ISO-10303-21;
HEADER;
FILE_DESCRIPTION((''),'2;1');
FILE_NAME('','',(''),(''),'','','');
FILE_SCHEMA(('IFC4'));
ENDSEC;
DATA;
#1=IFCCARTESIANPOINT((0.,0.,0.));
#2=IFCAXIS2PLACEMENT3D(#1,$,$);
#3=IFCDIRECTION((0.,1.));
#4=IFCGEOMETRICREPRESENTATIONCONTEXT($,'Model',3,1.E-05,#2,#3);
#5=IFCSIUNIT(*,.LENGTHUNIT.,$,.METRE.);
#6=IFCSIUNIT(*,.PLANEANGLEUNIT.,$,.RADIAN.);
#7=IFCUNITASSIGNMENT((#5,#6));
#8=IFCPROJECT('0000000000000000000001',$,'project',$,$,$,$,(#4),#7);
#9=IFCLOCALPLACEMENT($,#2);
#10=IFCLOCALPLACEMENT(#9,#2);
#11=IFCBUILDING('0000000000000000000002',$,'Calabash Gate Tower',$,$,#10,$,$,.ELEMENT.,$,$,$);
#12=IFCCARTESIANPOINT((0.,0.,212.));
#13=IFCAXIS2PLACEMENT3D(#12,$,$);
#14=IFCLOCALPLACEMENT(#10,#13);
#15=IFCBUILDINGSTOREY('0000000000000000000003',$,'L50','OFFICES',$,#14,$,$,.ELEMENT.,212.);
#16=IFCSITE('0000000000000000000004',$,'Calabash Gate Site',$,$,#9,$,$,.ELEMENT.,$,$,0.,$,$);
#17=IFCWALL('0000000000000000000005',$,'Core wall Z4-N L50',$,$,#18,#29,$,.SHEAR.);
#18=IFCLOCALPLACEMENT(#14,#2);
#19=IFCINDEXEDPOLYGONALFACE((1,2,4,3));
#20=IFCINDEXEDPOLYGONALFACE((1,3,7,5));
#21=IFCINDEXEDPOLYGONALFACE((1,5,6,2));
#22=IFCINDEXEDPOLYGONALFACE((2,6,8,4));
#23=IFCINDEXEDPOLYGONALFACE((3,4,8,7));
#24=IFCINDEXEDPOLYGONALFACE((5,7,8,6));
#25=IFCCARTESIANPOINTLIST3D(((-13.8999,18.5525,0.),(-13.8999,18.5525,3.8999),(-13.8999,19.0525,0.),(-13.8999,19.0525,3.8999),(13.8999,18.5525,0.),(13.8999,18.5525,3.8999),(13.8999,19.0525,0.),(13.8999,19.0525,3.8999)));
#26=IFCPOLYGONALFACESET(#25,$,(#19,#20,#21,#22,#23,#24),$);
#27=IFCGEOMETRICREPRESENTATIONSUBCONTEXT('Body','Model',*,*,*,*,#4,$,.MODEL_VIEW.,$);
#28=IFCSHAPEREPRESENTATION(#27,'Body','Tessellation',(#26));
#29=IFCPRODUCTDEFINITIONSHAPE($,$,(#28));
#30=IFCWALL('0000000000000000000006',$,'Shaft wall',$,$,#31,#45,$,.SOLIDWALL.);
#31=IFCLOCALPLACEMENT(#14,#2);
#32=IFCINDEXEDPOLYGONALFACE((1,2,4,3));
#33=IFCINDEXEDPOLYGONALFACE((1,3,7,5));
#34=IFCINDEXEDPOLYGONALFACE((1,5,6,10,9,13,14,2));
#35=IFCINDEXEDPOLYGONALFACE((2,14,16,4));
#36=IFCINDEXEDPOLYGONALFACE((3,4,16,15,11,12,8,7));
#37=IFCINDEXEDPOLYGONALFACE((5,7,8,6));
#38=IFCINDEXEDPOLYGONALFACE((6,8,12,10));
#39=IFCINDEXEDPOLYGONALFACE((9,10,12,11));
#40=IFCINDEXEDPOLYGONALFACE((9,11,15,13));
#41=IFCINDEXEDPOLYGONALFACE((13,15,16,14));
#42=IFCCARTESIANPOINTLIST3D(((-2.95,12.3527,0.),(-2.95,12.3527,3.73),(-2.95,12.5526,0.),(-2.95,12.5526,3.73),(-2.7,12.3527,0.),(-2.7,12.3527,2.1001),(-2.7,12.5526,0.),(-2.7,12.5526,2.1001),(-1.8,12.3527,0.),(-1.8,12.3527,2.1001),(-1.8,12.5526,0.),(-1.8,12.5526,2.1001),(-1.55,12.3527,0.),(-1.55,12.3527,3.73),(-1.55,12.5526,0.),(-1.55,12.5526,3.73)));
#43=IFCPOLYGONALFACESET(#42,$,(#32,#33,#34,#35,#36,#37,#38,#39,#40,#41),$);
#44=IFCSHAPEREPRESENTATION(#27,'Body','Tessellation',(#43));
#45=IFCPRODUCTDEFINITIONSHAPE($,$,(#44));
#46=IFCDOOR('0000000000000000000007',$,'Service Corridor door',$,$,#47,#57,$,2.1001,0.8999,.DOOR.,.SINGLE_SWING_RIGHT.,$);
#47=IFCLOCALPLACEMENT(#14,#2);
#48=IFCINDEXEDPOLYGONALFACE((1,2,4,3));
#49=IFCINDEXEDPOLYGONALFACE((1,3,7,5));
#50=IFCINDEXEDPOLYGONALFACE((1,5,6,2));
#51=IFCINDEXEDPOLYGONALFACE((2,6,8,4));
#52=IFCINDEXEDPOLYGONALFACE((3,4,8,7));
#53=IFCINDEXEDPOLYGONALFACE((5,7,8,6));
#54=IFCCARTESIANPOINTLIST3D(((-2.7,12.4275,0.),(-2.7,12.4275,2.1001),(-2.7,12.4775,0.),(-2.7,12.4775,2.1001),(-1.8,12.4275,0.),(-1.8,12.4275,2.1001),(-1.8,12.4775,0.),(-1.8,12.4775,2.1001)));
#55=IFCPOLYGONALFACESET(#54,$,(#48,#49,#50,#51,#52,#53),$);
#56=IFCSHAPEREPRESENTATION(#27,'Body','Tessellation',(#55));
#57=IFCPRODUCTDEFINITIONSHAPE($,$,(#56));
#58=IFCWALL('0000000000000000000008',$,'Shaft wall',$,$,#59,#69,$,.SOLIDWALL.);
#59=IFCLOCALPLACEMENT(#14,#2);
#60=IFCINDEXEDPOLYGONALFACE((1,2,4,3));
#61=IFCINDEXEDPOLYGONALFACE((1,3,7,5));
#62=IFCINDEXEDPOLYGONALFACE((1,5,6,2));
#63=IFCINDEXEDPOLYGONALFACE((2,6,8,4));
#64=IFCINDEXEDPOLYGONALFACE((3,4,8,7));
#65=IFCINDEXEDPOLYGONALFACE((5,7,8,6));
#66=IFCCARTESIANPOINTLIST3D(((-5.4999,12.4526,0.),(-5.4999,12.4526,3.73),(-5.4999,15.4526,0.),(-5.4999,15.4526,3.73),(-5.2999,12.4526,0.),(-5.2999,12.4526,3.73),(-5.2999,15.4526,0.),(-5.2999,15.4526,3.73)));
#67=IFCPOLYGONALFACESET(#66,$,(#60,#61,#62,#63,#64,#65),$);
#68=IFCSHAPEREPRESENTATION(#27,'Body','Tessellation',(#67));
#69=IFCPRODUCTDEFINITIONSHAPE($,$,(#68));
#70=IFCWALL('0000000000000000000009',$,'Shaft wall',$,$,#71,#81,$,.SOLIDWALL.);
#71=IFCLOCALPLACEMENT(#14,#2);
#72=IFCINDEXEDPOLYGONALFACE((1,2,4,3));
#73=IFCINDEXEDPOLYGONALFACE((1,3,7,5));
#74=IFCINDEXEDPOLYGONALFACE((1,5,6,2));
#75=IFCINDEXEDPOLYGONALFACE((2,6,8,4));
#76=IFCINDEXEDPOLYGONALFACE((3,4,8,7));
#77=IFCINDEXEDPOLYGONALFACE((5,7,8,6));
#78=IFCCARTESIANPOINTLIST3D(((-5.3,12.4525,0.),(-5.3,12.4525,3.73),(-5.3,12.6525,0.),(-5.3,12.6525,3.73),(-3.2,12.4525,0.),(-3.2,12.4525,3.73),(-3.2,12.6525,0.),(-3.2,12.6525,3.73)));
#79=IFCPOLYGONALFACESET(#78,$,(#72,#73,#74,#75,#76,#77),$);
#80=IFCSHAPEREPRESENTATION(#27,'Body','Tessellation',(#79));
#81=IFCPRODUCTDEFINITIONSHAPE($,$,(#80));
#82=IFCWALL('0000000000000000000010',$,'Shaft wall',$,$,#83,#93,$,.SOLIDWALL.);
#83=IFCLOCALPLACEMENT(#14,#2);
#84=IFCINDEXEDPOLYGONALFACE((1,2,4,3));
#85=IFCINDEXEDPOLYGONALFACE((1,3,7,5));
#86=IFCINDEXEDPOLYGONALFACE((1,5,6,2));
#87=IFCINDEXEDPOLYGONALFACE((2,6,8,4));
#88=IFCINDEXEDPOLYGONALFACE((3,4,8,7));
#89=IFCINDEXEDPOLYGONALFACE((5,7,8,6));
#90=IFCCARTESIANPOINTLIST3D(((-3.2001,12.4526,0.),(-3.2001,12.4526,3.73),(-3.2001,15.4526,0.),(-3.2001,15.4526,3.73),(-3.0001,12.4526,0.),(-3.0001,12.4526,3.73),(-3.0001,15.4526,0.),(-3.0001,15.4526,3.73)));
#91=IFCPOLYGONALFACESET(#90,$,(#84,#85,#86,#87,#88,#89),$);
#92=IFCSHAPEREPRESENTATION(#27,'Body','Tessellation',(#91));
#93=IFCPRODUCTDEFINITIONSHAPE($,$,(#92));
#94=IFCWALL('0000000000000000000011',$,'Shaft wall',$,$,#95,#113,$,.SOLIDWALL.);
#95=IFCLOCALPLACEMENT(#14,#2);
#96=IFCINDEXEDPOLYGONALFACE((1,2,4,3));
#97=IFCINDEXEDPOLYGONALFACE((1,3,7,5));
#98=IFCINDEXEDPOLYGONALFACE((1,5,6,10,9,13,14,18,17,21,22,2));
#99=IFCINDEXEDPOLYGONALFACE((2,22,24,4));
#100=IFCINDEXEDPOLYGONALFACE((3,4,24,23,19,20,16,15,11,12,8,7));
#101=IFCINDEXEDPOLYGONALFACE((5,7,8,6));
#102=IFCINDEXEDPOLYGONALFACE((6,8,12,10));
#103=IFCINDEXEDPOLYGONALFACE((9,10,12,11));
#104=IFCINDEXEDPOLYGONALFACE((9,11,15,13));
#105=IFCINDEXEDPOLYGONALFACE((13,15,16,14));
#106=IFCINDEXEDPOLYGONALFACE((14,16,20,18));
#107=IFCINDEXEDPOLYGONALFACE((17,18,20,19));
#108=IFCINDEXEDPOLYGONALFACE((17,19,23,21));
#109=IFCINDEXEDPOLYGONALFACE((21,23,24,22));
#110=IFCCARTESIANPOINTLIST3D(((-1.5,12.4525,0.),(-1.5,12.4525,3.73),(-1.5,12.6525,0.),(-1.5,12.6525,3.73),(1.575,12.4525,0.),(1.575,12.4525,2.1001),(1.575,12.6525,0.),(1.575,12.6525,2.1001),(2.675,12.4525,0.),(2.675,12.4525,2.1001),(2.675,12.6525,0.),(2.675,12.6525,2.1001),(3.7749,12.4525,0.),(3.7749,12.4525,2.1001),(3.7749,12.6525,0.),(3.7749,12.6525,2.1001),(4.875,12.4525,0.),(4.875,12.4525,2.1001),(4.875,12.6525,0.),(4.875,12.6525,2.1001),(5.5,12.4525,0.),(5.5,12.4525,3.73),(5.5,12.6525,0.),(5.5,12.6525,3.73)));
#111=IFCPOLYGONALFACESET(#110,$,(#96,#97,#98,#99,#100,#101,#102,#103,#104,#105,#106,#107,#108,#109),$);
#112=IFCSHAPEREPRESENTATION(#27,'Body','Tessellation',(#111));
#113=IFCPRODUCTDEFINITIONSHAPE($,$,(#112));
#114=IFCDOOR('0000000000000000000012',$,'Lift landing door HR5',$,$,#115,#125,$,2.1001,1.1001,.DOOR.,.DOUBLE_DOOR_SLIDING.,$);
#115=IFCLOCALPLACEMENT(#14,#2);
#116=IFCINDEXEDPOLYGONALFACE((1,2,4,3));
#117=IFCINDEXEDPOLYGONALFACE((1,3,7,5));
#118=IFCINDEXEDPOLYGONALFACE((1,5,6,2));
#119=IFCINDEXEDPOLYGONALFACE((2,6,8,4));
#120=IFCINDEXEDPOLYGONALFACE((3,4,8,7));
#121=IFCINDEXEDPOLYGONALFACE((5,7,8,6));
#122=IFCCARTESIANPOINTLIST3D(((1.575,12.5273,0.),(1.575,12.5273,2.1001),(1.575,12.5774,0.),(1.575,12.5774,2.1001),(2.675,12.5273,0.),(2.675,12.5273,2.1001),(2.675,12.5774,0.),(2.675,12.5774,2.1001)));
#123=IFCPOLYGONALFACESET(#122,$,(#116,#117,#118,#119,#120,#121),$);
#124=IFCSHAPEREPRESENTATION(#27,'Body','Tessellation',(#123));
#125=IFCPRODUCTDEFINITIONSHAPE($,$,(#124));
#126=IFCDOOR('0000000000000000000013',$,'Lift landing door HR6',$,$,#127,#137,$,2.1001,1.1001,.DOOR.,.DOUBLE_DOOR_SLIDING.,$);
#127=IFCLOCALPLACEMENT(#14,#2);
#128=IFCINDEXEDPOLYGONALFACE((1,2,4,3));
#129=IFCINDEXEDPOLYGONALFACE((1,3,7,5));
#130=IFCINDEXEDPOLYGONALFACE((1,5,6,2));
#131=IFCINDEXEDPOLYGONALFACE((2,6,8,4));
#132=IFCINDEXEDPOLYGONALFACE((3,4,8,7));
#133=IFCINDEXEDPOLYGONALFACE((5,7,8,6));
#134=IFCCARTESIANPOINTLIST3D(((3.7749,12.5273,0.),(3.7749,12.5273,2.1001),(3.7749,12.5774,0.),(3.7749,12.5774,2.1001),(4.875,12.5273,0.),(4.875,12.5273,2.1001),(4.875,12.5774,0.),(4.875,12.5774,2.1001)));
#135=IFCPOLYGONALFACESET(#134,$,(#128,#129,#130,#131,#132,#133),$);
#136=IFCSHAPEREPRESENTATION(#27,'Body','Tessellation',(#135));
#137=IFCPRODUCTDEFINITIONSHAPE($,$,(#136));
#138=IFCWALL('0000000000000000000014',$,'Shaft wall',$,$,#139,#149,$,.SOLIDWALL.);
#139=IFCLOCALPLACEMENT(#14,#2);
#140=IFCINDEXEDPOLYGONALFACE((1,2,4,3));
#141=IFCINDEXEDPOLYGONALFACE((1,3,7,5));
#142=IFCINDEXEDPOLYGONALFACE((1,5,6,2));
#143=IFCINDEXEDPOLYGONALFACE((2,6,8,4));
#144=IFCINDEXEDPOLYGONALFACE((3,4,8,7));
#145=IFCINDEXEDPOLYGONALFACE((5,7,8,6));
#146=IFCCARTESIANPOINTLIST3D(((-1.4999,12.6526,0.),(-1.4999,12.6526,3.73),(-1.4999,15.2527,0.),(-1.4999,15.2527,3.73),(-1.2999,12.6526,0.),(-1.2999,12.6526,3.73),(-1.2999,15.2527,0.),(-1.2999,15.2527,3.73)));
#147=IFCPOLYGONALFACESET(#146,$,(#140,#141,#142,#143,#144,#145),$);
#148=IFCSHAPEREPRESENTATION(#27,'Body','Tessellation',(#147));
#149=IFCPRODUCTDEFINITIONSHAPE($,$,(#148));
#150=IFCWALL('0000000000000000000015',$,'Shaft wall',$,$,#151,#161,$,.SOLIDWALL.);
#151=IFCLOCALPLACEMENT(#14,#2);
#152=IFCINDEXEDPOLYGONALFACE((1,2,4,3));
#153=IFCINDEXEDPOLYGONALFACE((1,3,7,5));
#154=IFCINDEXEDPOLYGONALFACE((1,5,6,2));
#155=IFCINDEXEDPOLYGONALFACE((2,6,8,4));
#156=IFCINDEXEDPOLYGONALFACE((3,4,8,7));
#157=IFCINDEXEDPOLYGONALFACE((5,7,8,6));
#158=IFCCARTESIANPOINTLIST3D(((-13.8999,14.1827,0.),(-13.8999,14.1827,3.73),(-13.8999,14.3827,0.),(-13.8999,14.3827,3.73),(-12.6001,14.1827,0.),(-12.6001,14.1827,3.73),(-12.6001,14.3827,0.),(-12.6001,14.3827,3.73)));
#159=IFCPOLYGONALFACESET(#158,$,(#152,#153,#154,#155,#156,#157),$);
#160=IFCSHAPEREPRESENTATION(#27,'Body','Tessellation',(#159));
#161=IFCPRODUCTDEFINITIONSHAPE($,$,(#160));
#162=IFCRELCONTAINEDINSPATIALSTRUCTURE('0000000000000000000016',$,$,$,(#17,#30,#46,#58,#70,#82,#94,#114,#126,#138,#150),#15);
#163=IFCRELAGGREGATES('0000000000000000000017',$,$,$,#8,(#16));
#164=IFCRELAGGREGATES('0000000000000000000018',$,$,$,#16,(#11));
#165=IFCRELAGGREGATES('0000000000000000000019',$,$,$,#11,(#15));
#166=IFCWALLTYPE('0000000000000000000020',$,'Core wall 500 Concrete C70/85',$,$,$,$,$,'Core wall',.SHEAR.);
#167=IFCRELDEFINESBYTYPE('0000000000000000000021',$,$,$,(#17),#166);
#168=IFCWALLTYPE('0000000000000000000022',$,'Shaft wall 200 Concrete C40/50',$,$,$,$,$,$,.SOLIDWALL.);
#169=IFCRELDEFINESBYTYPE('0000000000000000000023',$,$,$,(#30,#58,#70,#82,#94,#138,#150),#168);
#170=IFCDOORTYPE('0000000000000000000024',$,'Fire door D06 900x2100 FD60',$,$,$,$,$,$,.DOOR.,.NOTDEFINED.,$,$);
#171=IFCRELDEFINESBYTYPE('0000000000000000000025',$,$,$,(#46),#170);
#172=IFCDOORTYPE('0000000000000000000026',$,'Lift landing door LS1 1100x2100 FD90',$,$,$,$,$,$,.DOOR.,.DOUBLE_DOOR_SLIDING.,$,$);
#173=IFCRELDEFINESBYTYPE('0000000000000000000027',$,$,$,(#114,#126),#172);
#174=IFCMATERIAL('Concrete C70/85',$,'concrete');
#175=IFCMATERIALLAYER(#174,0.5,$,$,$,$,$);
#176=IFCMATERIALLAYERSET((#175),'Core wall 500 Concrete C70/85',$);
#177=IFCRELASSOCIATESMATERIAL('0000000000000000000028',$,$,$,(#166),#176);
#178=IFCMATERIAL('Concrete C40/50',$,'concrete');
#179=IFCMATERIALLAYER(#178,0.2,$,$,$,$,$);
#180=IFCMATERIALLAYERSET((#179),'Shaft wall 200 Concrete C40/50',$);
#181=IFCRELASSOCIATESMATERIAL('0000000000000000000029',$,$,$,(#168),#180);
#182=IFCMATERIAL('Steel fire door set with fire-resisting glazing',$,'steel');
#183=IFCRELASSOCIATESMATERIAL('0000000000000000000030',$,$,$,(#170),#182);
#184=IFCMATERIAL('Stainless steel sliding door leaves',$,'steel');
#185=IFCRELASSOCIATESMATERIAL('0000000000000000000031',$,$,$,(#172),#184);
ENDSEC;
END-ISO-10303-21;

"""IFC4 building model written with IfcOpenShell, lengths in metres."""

from ifc_helpers import new_model, si_unit, direction, frame, frame_2d, origin, place, context, subcontext, project, spatial, rectangle, extrude, material, layer, layer_set, type_object, element, fill, save


model = new_model("IFC4")

# Units and contexts
model_context = context("Model", 3, precision=1e-05, world=origin(), true_north=direction((0.0, 1.0)))
body_context = subcontext(model_context, "Body", "Model", "MODEL_VIEW")
ifc_project = project(units=[si_unit("LENGTHUNIT", "METRE"), si_unit("PLANEANGLEUNIT", "RADIAN")], contexts=[model_context])

# Site, building, storey
site_placement = place(None, origin())
site = spatial("IfcSite", under=ifc_project, at=site_placement, Name="Calabash Gate Site", CompositionType="ELEMENT", RefElevation=0.0)
building_placement = place(site_placement, origin())
building = spatial("IfcBuilding", under=site, at=building_placement, Name="Calabash Gate Tower", CompositionType="ELEMENT")
storey_placement = place(building_placement, frame((0.0, 0.0, 212.0)))
storey = spatial("IfcBuildingStorey", under=building, at=storey_placement, Name="L50", Description="OFFICES", CompositionType="ELEMENT", Elevation=212.0)

# Wall
ifc_material_1 = material(Name="Concrete C70/85", Category="concrete")
ifc_layer_1 = layer(ifc_material_1, 0.5)
ifc_layer_set_1 = layer_set([ifc_layer_1], Name="Core wall 500 Concrete C70/85")
wall_type_1 = type_object("IfcWallType", Name="Core wall 500 Concrete C70/85", ElementType="Core wall", PredefinedType="SHEAR", material=ifc_layer_set_1)
wall_1_placement = place(storey_placement, frame((-13.8999, 18.8025, 0.0), z_axis=(0.0, 0.0, 1.0), x_axis=(1.0, 0.0, 0.0)))
element("IfcWall", 1, at=wall_1_placement, inside=storey, type_object=wall_type_1, Name="Core wall Z4-N L50", PredefinedType="SHEAR", context=body_context, shape_type="SweptSolid", body=[
    extrude(rectangle(XDim=27.7998, YDim=0.5, at=frame_2d((13.8999, 0.0))), origin(), (0.0, 0.0, 1.0), 3.8999),
])

# Wall, opening, door
ifc_material_2 = material(Name="Concrete C40/50", Category="concrete")
ifc_layer_2 = layer(ifc_material_2, 0.2)
ifc_layer_set_2 = layer_set([ifc_layer_2], Name="Shaft wall 200 Concrete C40/50")
wall_type_2 = type_object("IfcWallType", Name="Shaft wall 200 Concrete C40/50", PredefinedType="SOLIDWALL", material=ifc_layer_set_2)
wall_2_placement = place(storey_placement, frame((-2.95, 12.4526, 0.0), z_axis=(0.0, 0.0, 1.0), x_axis=(1.0, 0.0, 0.0)))
wall_2 = element("IfcWall", 2, at=wall_2_placement, inside=storey, type_object=wall_type_2, Name="Shaft wall", PredefinedType="SOLIDWALL", context=body_context, shape_type="SweptSolid", body=[
    extrude(rectangle(XDim=1.3999, YDim=0.2, at=frame_2d((0.7, 0.0))), origin(), (0.0, 0.0, 1.0), 3.73),
])
opening_1_placement = place(wall_2_placement, frame((0.25, 0.0, 0.0)))
opening_1 = element("IfcOpeningElement", 3, at=opening_1_placement, cuts=wall_2, PredefinedType="OPENING", context=body_context, shape_type="SweptSolid", body=[
    extrude(rectangle(XDim=0.8999, YDim=2.1001, at=frame_2d((0.45, 1.05))), frame((0.0, 0.1099, 0.0), z_axis=(0.0, -1.0, 0.0), x_axis=(1.0, 0.0, 0.0)), (0.0, 0.0, 1.0), 0.22),
])
ifc_material_3 = material(Name="Steel fire door set with fire-resisting glazing", Category="steel")
door_type_1 = type_object("IfcDoorType", Name="Fire door D06 900x2100 FD60", OperationType="NOTDEFINED", PredefinedType="DOOR", material=ifc_material_3)
door_1_placement = place(opening_1_placement, origin())
door_1 = element("IfcDoor", 4, at=door_1_placement, inside=storey, type_object=door_type_1, Name="Service Corridor door", OperationType="SINGLE_SWING_RIGHT", OverallHeight=2.1001, OverallWidth=0.8999, PredefinedType="DOOR", context=body_context, shape_type="SweptSolid", body=[
    extrude(rectangle(XDim=0.8999, YDim=2.1001, at=frame_2d((0.45, 1.05))), frame((0.0, 0.0249, 0.0), z_axis=(0.0, -1.0, 0.0), x_axis=(1.0, 0.0, 0.0)), (0.0, 0.0, 1.0), 0.05),
])
fill(opening_1, door_1)

# Walls
wall_3_placement = place(storey_placement, frame((-5.3999, 12.4526, 0.0), z_axis=(0.0, 0.0, 1.0), x_axis=(0.0, 1.0, 0.0)))
element("IfcWall", 5, at=wall_3_placement, inside=storey, type_object=wall_type_2, Name="Shaft wall", PredefinedType="SOLIDWALL", context=body_context, shape_type="SweptSolid", body=[
    extrude(rectangle(XDim=3.0, YDim=0.2, at=frame_2d((1.5, 0.0))), origin(), (0.0, 0.0, 1.0), 3.73),
])
wall_4_placement = place(storey_placement, frame((-5.3, 12.5525, 0.0), z_axis=(0.0, 0.0, 1.0), x_axis=(1.0, 0.0, 0.0)))
element("IfcWall", 6, at=wall_4_placement, inside=storey, type_object=wall_type_2, Name="Shaft wall", PredefinedType="SOLIDWALL", context=body_context, shape_type="SweptSolid", body=[
    extrude(rectangle(XDim=2.1001, YDim=0.2, at=frame_2d((1.05, 0.0))), origin(), (0.0, 0.0, 1.0), 3.73),
])
wall_5_placement = place(storey_placement, frame((-3.1001, 12.4526, 0.0), z_axis=(0.0, 0.0, 1.0), x_axis=(0.0, 1.0, 0.0)))
element("IfcWall", 7, at=wall_5_placement, inside=storey, type_object=wall_type_2, Name="Shaft wall", PredefinedType="SOLIDWALL", context=body_context, shape_type="SweptSolid", body=[
    extrude(rectangle(XDim=3.0, YDim=0.2, at=frame_2d((1.5, 0.0))), origin(), (0.0, 0.0, 1.0), 3.73),
])

# Wall, openings, doors
wall_6_placement = place(storey_placement, frame((-1.5, 12.5525, 0.0), z_axis=(0.0, 0.0, 1.0), x_axis=(1.0, 0.0, 0.0)))
wall_6 = element("IfcWall", 8, at=wall_6_placement, inside=storey, type_object=wall_type_2, Name="Shaft wall", PredefinedType="SOLIDWALL", context=body_context, shape_type="SweptSolid", body=[
    extrude(rectangle(XDim=7.0, YDim=0.2, at=frame_2d((3.5, 0.0))), origin(), (0.0, 0.0, 1.0), 3.73),
])
opening_2_placement = place(wall_6_placement, frame((3.075, 0.0, 0.0)))
opening_2 = element("IfcOpeningElement", 9, at=opening_2_placement, cuts=wall_6, PredefinedType="OPENING", context=body_context, shape_type="SweptSolid", body=[
    extrude(rectangle(XDim=1.1001, YDim=2.1001, at=frame_2d((0.55, 1.05))), frame((0.0, 0.1099, 0.0), z_axis=(0.0, -1.0, 0.0), x_axis=(1.0, 0.0, 0.0)), (0.0, 0.0, 1.0), 0.22),
])
opening_3_placement = place(wall_6_placement, frame((5.2749, 0.0, 0.0)))
opening_3 = element("IfcOpeningElement", 10, at=opening_3_placement, cuts=wall_6, PredefinedType="OPENING", context=body_context, shape_type="SweptSolid", body=[
    extrude(rectangle(XDim=1.1001, YDim=2.1001, at=frame_2d((0.55, 1.05))), frame((0.0, 0.1099, 0.0), z_axis=(0.0, -1.0, 0.0), x_axis=(1.0, 0.0, 0.0)), (0.0, 0.0, 1.0), 0.22),
])
ifc_material_4 = material(Name="Stainless steel sliding door leaves", Category="steel")
door_type_2 = type_object("IfcDoorType", Name="Lift landing door LS1 1100x2100 FD90", OperationType="DOUBLE_DOOR_SLIDING", PredefinedType="DOOR", material=ifc_material_4)
door_2_placement = place(opening_2_placement, origin())
door_2 = element("IfcDoor", 11, at=door_2_placement, inside=storey, type_object=door_type_2, Name="Lift landing door HR5", OperationType="DOUBLE_DOOR_SLIDING", OverallHeight=2.1001, OverallWidth=1.1001, PredefinedType="DOOR", context=body_context, shape_type="SweptSolid", body=[
    extrude(rectangle(XDim=1.1001, YDim=2.1001, at=frame_2d((0.55, 1.05))), frame((0.0, 0.0249, 0.0), z_axis=(0.0, -1.0, 0.0), x_axis=(1.0, 0.0, 0.0)), (0.0, 0.0, 1.0), 0.05),
])
fill(opening_2, door_2)
door_3_placement = place(opening_3_placement, origin())
door_3 = element("IfcDoor", 12, at=door_3_placement, inside=storey, type_object=door_type_2, Name="Lift landing door HR6", OperationType="DOUBLE_DOOR_SLIDING", OverallHeight=2.1001, OverallWidth=1.1001, PredefinedType="DOOR", context=body_context, shape_type="SweptSolid", body=[
    extrude(rectangle(XDim=1.1001, YDim=2.1001, at=frame_2d((0.55, 1.05))), frame((0.0, 0.0249, 0.0), z_axis=(0.0, -1.0, 0.0), x_axis=(1.0, 0.0, 0.0)), (0.0, 0.0, 1.0), 0.05),
])
fill(opening_3, door_3)

# Walls
wall_7_placement = place(storey_placement, frame((-1.3999, 12.6526, 0.0), z_axis=(0.0, 0.0, 1.0), x_axis=(0.0, 1.0, 0.0)))
element("IfcWall", 13, at=wall_7_placement, inside=storey, type_object=wall_type_2, Name="Shaft wall", PredefinedType="SOLIDWALL", context=body_context, shape_type="SweptSolid", body=[
    extrude(rectangle(XDim=2.6001, YDim=0.2, at=frame_2d((1.3, 0.0))), origin(), (0.0, 0.0, 1.0), 3.73),
])
wall_8_placement = place(storey_placement, frame((-13.8999, 14.2827, 0.0), z_axis=(0.0, 0.0, 1.0), x_axis=(1.0, 0.0, 0.0)))
element("IfcWall", 14, at=wall_8_placement, inside=storey, type_object=wall_type_2, Name="Shaft wall", PredefinedType="SOLIDWALL", context=body_context, shape_type="SweptSolid", body=[
    extrude(rectangle(XDim=1.2998, YDim=0.2, at=frame_2d((0.6499, 0.0))), origin(), (0.0, 0.0, 1.0), 3.73),
])

save(model, "model.ifc")
